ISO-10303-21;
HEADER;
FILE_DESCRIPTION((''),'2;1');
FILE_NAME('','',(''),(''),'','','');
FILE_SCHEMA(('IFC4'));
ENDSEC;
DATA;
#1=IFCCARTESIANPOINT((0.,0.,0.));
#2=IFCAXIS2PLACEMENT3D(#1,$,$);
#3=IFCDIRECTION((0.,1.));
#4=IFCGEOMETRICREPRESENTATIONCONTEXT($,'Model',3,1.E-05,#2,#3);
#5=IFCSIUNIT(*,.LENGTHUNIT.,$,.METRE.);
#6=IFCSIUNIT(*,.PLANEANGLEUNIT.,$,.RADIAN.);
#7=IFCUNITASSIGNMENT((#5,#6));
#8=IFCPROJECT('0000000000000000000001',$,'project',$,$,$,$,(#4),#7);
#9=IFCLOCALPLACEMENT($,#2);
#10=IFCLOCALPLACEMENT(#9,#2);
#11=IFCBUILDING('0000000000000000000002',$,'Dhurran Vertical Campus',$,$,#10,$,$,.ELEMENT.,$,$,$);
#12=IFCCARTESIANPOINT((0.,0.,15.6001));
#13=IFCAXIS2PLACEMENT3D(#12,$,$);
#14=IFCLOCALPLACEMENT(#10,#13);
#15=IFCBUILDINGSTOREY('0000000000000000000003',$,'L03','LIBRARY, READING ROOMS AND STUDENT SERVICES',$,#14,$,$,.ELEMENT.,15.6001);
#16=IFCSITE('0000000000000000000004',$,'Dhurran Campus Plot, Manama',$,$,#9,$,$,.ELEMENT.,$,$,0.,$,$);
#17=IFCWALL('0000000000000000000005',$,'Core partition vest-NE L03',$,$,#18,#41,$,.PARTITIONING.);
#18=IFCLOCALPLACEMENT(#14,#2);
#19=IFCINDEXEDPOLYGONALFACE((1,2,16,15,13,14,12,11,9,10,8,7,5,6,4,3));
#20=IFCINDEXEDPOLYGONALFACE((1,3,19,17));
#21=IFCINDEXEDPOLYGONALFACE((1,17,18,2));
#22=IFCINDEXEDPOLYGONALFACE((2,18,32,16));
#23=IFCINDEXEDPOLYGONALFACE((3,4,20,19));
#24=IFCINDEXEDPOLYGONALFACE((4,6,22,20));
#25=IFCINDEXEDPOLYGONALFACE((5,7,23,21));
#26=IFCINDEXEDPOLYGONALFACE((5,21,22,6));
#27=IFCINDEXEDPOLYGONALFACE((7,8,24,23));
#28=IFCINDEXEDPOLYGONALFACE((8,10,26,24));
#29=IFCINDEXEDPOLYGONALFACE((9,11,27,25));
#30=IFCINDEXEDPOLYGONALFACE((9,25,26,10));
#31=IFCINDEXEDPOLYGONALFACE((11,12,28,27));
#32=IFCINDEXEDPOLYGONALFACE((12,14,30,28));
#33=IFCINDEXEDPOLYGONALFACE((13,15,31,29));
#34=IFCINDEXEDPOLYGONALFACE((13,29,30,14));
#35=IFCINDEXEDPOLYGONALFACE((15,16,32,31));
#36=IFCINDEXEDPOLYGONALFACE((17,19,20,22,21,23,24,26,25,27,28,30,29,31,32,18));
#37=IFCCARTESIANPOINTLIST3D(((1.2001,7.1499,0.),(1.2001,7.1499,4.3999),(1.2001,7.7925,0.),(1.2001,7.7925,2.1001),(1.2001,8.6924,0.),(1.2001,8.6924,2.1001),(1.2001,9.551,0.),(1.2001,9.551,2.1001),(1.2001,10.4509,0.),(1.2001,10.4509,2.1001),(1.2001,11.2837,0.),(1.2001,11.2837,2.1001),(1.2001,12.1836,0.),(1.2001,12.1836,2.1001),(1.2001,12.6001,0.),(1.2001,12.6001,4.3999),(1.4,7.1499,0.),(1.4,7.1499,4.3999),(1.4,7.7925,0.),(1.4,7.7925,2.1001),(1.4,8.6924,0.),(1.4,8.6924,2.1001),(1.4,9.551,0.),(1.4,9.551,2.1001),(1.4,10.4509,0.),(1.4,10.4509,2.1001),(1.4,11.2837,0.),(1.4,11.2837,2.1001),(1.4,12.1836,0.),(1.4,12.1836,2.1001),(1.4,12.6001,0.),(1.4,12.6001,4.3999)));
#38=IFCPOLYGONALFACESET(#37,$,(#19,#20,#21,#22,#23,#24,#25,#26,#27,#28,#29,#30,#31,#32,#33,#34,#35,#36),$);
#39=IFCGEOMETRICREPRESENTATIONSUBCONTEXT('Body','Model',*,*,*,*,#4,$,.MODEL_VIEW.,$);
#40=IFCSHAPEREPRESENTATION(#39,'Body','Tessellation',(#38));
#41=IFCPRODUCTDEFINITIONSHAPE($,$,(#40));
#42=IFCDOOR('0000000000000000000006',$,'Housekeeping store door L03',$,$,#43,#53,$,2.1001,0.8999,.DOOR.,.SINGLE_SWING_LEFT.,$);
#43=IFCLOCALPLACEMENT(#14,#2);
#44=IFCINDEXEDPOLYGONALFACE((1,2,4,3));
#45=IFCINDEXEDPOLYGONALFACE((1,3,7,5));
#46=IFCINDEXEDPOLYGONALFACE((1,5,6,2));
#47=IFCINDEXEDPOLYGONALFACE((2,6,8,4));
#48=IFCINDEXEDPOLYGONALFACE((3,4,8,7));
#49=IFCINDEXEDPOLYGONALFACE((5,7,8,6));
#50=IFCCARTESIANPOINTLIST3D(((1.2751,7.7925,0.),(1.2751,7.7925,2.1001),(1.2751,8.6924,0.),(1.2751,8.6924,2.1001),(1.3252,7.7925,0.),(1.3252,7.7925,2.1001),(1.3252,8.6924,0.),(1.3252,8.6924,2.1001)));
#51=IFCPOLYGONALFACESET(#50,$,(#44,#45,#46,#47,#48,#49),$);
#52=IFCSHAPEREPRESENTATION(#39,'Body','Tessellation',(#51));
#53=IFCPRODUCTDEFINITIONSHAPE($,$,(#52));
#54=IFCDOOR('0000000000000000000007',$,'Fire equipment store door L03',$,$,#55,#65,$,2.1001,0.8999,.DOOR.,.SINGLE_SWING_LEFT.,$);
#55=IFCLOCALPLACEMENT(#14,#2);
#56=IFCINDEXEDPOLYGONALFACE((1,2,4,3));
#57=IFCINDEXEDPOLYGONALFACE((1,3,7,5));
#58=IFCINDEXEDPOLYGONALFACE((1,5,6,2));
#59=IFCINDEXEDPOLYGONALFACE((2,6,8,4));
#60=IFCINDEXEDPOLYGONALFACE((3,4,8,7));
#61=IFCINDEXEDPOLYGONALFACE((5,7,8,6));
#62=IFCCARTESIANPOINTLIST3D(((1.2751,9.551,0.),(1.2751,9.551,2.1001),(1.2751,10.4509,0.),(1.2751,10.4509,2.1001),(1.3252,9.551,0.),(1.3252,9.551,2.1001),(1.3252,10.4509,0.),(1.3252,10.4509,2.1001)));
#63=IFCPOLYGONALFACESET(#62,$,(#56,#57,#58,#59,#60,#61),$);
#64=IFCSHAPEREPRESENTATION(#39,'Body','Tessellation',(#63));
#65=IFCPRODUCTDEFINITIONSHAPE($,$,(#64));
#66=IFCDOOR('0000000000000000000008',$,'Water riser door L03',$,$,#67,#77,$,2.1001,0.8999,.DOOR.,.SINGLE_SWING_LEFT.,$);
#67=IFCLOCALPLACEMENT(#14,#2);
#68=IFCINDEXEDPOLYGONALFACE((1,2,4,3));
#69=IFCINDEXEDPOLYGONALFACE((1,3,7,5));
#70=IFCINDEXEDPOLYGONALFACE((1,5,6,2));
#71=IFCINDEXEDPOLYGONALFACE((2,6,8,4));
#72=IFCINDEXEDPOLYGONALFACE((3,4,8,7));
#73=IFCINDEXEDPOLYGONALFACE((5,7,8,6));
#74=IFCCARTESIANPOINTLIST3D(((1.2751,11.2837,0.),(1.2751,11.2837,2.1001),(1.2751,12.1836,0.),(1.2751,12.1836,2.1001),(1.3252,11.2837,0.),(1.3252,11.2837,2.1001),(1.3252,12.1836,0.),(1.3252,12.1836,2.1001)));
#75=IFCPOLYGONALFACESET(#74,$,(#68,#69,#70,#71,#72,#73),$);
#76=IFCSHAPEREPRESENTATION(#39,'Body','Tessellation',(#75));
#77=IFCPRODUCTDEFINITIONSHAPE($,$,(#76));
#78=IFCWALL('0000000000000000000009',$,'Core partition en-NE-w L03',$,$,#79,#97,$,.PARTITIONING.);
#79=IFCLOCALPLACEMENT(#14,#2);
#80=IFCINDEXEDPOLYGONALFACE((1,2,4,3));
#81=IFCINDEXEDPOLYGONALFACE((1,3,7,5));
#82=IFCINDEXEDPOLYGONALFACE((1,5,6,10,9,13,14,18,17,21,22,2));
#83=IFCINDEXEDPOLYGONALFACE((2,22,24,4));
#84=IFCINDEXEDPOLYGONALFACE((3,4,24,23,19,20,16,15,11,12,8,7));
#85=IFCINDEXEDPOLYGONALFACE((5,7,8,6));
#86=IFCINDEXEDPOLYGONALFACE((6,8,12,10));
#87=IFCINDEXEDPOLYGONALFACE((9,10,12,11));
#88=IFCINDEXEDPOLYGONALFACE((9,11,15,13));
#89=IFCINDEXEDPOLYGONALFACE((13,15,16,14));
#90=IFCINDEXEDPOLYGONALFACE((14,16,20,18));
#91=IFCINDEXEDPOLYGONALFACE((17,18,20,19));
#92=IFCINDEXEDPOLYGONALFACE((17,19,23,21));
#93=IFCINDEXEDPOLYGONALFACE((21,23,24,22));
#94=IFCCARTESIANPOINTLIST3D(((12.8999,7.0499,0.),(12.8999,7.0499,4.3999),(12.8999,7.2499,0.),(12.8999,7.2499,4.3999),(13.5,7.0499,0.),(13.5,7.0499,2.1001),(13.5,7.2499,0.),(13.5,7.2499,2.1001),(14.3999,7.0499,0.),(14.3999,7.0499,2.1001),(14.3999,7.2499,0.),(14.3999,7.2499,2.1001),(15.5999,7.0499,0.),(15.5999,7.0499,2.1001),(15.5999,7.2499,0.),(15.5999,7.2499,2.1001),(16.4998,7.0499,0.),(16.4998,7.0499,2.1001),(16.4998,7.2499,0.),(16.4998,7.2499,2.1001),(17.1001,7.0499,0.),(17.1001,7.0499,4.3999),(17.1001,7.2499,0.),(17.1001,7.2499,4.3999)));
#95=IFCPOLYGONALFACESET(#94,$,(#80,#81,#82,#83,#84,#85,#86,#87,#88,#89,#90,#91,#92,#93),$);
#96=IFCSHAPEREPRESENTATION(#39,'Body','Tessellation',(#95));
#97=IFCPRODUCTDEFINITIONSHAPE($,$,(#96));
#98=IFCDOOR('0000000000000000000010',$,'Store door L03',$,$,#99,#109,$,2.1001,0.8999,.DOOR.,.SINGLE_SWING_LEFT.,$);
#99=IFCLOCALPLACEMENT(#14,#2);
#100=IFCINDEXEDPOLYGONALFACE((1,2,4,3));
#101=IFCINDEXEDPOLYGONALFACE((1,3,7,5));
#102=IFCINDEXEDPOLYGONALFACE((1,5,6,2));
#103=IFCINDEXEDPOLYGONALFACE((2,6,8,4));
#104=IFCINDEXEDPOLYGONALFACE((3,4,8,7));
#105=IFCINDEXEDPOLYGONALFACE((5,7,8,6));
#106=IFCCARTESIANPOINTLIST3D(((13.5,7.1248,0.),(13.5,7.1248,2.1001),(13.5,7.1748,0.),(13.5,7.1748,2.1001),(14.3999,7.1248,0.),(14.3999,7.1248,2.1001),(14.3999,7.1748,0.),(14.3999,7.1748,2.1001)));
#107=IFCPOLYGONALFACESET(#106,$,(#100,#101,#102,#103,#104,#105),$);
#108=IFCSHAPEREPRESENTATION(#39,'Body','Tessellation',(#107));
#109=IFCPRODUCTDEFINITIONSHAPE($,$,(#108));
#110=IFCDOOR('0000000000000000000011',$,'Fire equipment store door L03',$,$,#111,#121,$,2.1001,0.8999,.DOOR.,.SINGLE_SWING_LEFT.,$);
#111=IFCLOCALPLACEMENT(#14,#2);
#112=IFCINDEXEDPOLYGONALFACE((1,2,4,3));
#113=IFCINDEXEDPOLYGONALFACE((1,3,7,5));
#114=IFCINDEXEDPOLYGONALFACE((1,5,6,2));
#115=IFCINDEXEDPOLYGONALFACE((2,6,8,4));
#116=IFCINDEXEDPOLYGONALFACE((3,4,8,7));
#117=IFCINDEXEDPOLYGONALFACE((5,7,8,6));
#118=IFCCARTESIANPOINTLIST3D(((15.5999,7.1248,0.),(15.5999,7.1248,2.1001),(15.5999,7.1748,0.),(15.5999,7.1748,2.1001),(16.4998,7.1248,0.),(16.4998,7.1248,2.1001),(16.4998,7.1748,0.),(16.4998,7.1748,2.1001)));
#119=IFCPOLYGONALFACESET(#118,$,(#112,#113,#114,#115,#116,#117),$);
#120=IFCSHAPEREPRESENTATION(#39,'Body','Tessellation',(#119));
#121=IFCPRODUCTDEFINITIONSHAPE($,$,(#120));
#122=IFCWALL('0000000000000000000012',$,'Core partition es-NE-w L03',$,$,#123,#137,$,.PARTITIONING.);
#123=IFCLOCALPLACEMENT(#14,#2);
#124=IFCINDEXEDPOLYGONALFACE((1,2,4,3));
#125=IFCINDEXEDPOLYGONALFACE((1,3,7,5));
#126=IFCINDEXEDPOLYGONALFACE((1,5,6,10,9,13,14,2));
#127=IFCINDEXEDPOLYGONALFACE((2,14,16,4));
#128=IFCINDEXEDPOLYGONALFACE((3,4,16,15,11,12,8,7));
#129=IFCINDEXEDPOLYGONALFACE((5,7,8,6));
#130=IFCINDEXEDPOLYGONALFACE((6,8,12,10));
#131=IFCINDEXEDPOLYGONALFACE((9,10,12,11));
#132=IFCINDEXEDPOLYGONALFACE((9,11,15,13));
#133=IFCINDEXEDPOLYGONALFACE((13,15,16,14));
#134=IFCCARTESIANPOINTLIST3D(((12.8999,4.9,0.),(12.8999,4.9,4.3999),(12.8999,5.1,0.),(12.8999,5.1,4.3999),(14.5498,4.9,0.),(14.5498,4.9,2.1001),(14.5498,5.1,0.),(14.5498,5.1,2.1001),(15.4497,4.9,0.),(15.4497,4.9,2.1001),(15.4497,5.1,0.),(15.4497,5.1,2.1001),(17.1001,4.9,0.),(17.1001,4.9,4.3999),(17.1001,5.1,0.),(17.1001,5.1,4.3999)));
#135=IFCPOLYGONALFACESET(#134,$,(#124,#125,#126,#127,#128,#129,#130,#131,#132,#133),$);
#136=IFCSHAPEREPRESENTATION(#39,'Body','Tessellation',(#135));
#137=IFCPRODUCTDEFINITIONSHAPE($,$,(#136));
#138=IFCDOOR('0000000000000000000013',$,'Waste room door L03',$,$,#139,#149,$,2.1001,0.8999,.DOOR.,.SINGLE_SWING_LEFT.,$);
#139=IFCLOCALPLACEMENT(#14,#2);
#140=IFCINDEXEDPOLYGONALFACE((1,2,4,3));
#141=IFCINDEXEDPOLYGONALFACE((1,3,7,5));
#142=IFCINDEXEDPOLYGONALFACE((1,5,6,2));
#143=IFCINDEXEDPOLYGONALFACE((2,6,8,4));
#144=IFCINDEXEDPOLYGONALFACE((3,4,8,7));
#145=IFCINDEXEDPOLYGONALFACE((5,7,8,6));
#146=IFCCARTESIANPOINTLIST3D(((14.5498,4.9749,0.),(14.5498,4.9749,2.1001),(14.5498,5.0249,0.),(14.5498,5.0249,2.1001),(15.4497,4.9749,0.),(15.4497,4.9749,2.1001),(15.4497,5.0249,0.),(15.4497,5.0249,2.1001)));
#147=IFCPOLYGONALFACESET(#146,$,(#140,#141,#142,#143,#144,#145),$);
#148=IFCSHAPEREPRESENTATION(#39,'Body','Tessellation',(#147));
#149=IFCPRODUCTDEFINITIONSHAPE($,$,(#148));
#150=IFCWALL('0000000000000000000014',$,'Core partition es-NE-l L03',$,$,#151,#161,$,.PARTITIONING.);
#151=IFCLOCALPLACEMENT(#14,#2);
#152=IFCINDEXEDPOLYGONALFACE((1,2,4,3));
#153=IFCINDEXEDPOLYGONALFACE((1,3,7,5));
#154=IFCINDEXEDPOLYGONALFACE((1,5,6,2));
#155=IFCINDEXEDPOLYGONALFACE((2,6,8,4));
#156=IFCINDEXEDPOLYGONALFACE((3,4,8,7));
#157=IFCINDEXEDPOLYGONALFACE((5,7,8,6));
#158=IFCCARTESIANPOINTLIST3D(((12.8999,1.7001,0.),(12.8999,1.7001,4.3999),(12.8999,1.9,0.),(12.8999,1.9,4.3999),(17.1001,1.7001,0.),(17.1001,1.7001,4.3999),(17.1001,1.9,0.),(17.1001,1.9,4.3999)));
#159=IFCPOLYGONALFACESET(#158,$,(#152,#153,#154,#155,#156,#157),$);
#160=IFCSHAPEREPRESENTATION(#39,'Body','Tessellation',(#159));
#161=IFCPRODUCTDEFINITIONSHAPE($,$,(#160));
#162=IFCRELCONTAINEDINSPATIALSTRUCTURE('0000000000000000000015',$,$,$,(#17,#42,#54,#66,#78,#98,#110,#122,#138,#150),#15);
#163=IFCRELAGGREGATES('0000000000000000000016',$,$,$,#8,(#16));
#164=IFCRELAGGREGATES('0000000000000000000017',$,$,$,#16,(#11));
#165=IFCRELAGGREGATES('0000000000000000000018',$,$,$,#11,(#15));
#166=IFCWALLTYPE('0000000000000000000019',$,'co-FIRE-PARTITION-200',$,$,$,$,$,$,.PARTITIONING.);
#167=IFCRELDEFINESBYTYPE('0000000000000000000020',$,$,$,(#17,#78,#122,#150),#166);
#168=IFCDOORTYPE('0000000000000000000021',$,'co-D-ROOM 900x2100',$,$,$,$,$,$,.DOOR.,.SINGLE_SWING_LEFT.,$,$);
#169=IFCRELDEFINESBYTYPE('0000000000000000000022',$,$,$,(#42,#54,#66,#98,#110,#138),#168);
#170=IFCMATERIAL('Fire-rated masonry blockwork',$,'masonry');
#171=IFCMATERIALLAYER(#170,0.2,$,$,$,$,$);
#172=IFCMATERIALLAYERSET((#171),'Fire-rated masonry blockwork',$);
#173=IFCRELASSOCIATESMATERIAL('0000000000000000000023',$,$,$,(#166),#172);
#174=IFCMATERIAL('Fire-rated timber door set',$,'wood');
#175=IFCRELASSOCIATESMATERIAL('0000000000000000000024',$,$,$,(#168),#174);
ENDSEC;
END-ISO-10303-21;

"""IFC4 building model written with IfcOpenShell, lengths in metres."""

from ifc_helpers import new_model, si_unit, direction, frame, frame_2d, origin, place, context, subcontext, project, spatial, rectangle, extrude, material, layer, layer_set, type_object, element, fill, save


model = new_model("IFC4")

# Units and contexts
model_context = context("Model", 3, precision=1e-05, world=origin(), true_north=direction((0.0, 1.0)))
body_context = subcontext(model_context, "Body", "Model", "MODEL_VIEW")
ifc_project = project(units=[si_unit("LENGTHUNIT", "METRE"), si_unit("PLANEANGLEUNIT", "RADIAN")], contexts=[model_context])

# Site, building, storey
site_placement = place(None, origin())
site = spatial("IfcSite", under=ifc_project, at=site_placement, Name="Dhurran Campus Plot, Manama", CompositionType="ELEMENT", RefElevation=0.0)
building_placement = place(site_placement, origin())
building = spatial("IfcBuilding", under=site, at=building_placement, Name="Dhurran Vertical Campus", CompositionType="ELEMENT")
storey_placement = place(building_placement, frame((0.0, 0.0, 15.6001)))
storey = spatial("IfcBuildingStorey", under=building, at=storey_placement, Name="L03", Description="LIBRARY, READING ROOMS AND STUDENT SERVICES", CompositionType="ELEMENT", Elevation=15.6001)

# Shared definitions
ifc_material_1 = material(Name="Fire-rated masonry blockwork", Category="masonry")
ifc_layer_1 = layer(ifc_material_1, 0.2)
ifc_layer_set_1 = layer_set([ifc_layer_1], Name="Fire-rated masonry blockwork")
wall_type_1 = type_object("IfcWallType", Name="co-FIRE-PARTITION-200", PredefinedType="PARTITIONING", material=ifc_layer_set_1)

# Walls, openings, doors
ifc_material_2 = material(Name="Fire-rated timber door set", Category="wood")
door_type = type_object("IfcDoorType", Name="co-D-ROOM 900x2100", OperationType="SINGLE_SWING_LEFT", PredefinedType="DOOR", material=ifc_material_2)
wall_1_placement = place(storey_placement, frame((1.3, 7.1499, 0.0), z_axis=(0.0, 0.0, 1.0), x_axis=(0.0, 1.0, 0.0)))
wall_1 = element("IfcWall", 1, at=wall_1_placement, inside=storey, type_object=wall_type_1, Name="Core partition vest-NE L03", PredefinedType="PARTITIONING", context=body_context, shape_type="SweptSolid", body=[
    extrude(rectangle(XDim=5.4502, YDim=0.2, at=frame_2d((2.7251, 0.0))), origin(), (0.0, 0.0, 1.0), 4.3999),
])
opening_1_placement = place(wall_1_placement, frame((0.6426, 0.0, 0.0)))
opening_1 = element("IfcOpeningElement", 2, at=opening_1_placement, cuts=wall_1, PredefinedType="OPENING", context=body_context, shape_type="SweptSolid", body=[
    extrude(rectangle(XDim=0.8999, YDim=2.1001, at=frame_2d((0.45, 1.05))), frame((0.0, 0.1099, 0.0), z_axis=(0.0, -1.0, 0.0), x_axis=(1.0, 0.0, 0.0)), (0.0, 0.0, 1.0), 0.22),
])
opening_2_placement = place(wall_1_placement, frame((2.4011, 0.0, 0.0)))
opening_2 = element("IfcOpeningElement", 3, at=opening_2_placement, cuts=wall_1, PredefinedType="OPENING", context=body_context, shape_type="SweptSolid", body=[
    extrude(rectangle(XDim=0.8999, YDim=2.1001, at=frame_2d((0.45, 1.05))), frame((0.0, 0.1099, 0.0), z_axis=(0.0, -1.0, 0.0), x_axis=(1.0, 0.0, 0.0)), (0.0, 0.0, 1.0), 0.22),
])
opening_3_placement = place(wall_1_placement, frame((4.1338, 0.0, 0.0)))
opening_3 = element("IfcOpeningElement", 4, at=opening_3_placement, cuts=wall_1, PredefinedType="OPENING", context=body_context, shape_type="SweptSolid", body=[
    extrude(rectangle(XDim=0.8999, YDim=2.1001, at=frame_2d((0.45, 1.05))), frame((0.0, 0.1099, 0.0), z_axis=(0.0, -1.0, 0.0), x_axis=(1.0, 0.0, 0.0)), (0.0, 0.0, 1.0), 0.22),
])
door_1_placement = place(opening_1_placement, origin())
door_1 = element("IfcDoor", 5, at=door_1_placement, inside=storey, type_object=door_type, Name="Housekeeping store door L03", OperationType="SINGLE_SWING_LEFT", OverallHeight=2.1001, OverallWidth=0.8999, PredefinedType="DOOR", context=body_context, shape_type="SweptSolid", body=[
    extrude(rectangle(XDim=0.8999, YDim=2.1001, at=frame_2d((0.45, 1.05))), frame((0.0, 0.0249, 0.0), z_axis=(0.0, -1.0, 0.0), x_axis=(1.0, 0.0, 0.0)), (0.0, 0.0, 1.0), 0.05),
])
fill(opening_1, door_1)
door_2_placement = place(opening_2_placement, origin())
door_2 = element("IfcDoor", 6, at=door_2_placement, inside=storey, type_object=door_type, Name="Fire equipment store door L03", OperationType="SINGLE_SWING_LEFT", OverallHeight=2.1001, OverallWidth=0.8999, PredefinedType="DOOR", context=body_context, shape_type="SweptSolid", body=[
    extrude(rectangle(XDim=0.8999, YDim=2.1001, at=frame_2d((0.45, 1.05))), frame((0.0, 0.0249, 0.0), z_axis=(0.0, -1.0, 0.0), x_axis=(1.0, 0.0, 0.0)), (0.0, 0.0, 1.0), 0.05),
])
fill(opening_2, door_2)
door_3_placement = place(opening_3_placement, origin())
door_3 = element("IfcDoor", 7, at=door_3_placement, inside=storey, type_object=door_type, Name="Water riser door L03", OperationType="SINGLE_SWING_LEFT", OverallHeight=2.1001, OverallWidth=0.8999, PredefinedType="DOOR", context=body_context, shape_type="SweptSolid", body=[
    extrude(rectangle(XDim=0.8999, YDim=2.1001, at=frame_2d((0.45, 1.05))), frame((0.0, 0.0249, 0.0), z_axis=(0.0, -1.0, 0.0), x_axis=(1.0, 0.0, 0.0)), (0.0, 0.0, 1.0), 0.05),
])
fill(opening_3, door_3)
wall_2_placement = place(storey_placement, frame((12.8999, 7.1499, 0.0), z_axis=(0.0, 0.0, 1.0), x_axis=(1.0, 0.0, 0.0)))
wall_2 = element("IfcWall", 8, at=wall_2_placement, inside=storey, type_object=wall_type_1, Name="Core partition en-NE-w L03", PredefinedType="PARTITIONING", context=body_context, shape_type="SweptSolid", body=[
    extrude(rectangle(XDim=4.2002, YDim=0.2, at=frame_2d((2.1001, 0.0))), origin(), (0.0, 0.0, 1.0), 4.3999),
])
opening_4_placement = place(wall_2_placement, frame((0.6001, 0.0, 0.0)))
opening_4 = element("IfcOpeningElement", 9, at=opening_4_placement, cuts=wall_2, PredefinedType="OPENING", context=body_context, shape_type="SweptSolid", body=[
    extrude(rectangle(XDim=0.8999, YDim=2.1001, at=frame_2d((0.45, 1.05))), frame((0.0, 0.1099, 0.0), z_axis=(0.0, -1.0, 0.0), x_axis=(1.0, 0.0, 0.0)), (0.0, 0.0, 1.0), 0.22),
])
opening_5_placement = place(wall_2_placement, frame((2.7, 0.0, 0.0)))
opening_5 = element("IfcOpeningElement", 10, at=opening_5_placement, cuts=wall_2, PredefinedType="OPENING", context=body_context, shape_type="SweptSolid", body=[
    extrude(rectangle(XDim=0.8999, YDim=2.1001, at=frame_2d((0.45, 1.05))), frame((0.0, 0.1099, 0.0), z_axis=(0.0, -1.0, 0.0), x_axis=(1.0, 0.0, 0.0)), (0.0, 0.0, 1.0), 0.22),
])
door_4_placement = place(opening_4_placement, origin())
door_4 = element("IfcDoor", 11, at=door_4_placement, inside=storey, type_object=door_type, Name="Store door L03", OperationType="SINGLE_SWING_LEFT", OverallHeight=2.1001, OverallWidth=0.8999, PredefinedType="DOOR", context=body_context, shape_type="SweptSolid", body=[
    extrude(rectangle(XDim=0.8999, YDim=2.1001, at=frame_2d((0.45, 1.05))), frame((0.0, 0.0249, 0.0), z_axis=(0.0, -1.0, 0.0), x_axis=(1.0, 0.0, 0.0)), (0.0, 0.0, 1.0), 0.05),
])
fill(opening_4, door_4)
door_5_placement = place(opening_5_placement, origin())
door_5 = element("IfcDoor", 12, at=door_5_placement, inside=storey, type_object=door_type, Name="Fire equipment store door L03", OperationType="SINGLE_SWING_LEFT", OverallHeight=2.1001, OverallWidth=0.8999, PredefinedType="DOOR", context=body_context, shape_type="SweptSolid", body=[
    extrude(rectangle(XDim=0.8999, YDim=2.1001, at=frame_2d((0.45, 1.05))), frame((0.0, 0.0249, 0.0), z_axis=(0.0, -1.0, 0.0), x_axis=(1.0, 0.0, 0.0)), (0.0, 0.0, 1.0), 0.05),
])
fill(opening_5, door_5)

# Wall, opening, door
wall_3_placement = place(storey_placement, frame((12.8999, 5.0, 0.0), z_axis=(0.0, 0.0, 1.0), x_axis=(1.0, 0.0, 0.0)))
wall_3 = element("IfcWall", 13, at=wall_3_placement, inside=storey, type_object=wall_type_1, Name="Core partition es-NE-w L03", PredefinedType="PARTITIONING", context=body_context, shape_type="SweptSolid", body=[
    extrude(rectangle(XDim=4.2002, YDim=0.2, at=frame_2d((2.1001, 0.0))), origin(), (0.0, 0.0, 1.0), 4.3999),
])
opening_6_placement = place(wall_3_placement, frame((1.6499, 0.0, 0.0)))
opening_6 = element("IfcOpeningElement", 14, at=opening_6_placement, cuts=wall_3, PredefinedType="OPENING", context=body_context, shape_type="SweptSolid", body=[
    extrude(rectangle(XDim=0.8999, YDim=2.1001, at=frame_2d((0.45, 1.05))), frame((0.0, 0.1099, 0.0), z_axis=(0.0, -1.0, 0.0), x_axis=(1.0, 0.0, 0.0)), (0.0, 0.0, 1.0), 0.22),
])
door_6_placement = place(opening_6_placement, origin())
door_6 = element("IfcDoor", 15, at=door_6_placement, inside=storey, type_object=door_type, Name="Waste room door L03", OperationType="SINGLE_SWING_LEFT", OverallHeight=2.1001, OverallWidth=0.8999, PredefinedType="DOOR", context=body_context, shape_type="SweptSolid", body=[
    extrude(rectangle(XDim=0.8999, YDim=2.1001, at=frame_2d((0.45, 1.05))), frame((0.0, 0.0249, 0.0), z_axis=(0.0, -1.0, 0.0), x_axis=(1.0, 0.0, 0.0)), (0.0, 0.0, 1.0), 0.05),
])
fill(opening_6, door_6)

# Wall
wall_4_placement = place(storey_placement, frame((12.8999, 1.8, 0.0), z_axis=(0.0, 0.0, 1.0), x_axis=(1.0, 0.0, 0.0)))
element("IfcWall", 16, at=wall_4_placement, inside=storey, type_object=wall_type_1, Name="Core partition es-NE-l L03", PredefinedType="PARTITIONING", context=body_context, shape_type="SweptSolid", body=[
    extrude(rectangle(XDim=4.2002, YDim=0.2, at=frame_2d((2.1001, 0.0))), origin(), (0.0, 0.0, 1.0), 4.3999),
])

save(model, "model.ifc")
